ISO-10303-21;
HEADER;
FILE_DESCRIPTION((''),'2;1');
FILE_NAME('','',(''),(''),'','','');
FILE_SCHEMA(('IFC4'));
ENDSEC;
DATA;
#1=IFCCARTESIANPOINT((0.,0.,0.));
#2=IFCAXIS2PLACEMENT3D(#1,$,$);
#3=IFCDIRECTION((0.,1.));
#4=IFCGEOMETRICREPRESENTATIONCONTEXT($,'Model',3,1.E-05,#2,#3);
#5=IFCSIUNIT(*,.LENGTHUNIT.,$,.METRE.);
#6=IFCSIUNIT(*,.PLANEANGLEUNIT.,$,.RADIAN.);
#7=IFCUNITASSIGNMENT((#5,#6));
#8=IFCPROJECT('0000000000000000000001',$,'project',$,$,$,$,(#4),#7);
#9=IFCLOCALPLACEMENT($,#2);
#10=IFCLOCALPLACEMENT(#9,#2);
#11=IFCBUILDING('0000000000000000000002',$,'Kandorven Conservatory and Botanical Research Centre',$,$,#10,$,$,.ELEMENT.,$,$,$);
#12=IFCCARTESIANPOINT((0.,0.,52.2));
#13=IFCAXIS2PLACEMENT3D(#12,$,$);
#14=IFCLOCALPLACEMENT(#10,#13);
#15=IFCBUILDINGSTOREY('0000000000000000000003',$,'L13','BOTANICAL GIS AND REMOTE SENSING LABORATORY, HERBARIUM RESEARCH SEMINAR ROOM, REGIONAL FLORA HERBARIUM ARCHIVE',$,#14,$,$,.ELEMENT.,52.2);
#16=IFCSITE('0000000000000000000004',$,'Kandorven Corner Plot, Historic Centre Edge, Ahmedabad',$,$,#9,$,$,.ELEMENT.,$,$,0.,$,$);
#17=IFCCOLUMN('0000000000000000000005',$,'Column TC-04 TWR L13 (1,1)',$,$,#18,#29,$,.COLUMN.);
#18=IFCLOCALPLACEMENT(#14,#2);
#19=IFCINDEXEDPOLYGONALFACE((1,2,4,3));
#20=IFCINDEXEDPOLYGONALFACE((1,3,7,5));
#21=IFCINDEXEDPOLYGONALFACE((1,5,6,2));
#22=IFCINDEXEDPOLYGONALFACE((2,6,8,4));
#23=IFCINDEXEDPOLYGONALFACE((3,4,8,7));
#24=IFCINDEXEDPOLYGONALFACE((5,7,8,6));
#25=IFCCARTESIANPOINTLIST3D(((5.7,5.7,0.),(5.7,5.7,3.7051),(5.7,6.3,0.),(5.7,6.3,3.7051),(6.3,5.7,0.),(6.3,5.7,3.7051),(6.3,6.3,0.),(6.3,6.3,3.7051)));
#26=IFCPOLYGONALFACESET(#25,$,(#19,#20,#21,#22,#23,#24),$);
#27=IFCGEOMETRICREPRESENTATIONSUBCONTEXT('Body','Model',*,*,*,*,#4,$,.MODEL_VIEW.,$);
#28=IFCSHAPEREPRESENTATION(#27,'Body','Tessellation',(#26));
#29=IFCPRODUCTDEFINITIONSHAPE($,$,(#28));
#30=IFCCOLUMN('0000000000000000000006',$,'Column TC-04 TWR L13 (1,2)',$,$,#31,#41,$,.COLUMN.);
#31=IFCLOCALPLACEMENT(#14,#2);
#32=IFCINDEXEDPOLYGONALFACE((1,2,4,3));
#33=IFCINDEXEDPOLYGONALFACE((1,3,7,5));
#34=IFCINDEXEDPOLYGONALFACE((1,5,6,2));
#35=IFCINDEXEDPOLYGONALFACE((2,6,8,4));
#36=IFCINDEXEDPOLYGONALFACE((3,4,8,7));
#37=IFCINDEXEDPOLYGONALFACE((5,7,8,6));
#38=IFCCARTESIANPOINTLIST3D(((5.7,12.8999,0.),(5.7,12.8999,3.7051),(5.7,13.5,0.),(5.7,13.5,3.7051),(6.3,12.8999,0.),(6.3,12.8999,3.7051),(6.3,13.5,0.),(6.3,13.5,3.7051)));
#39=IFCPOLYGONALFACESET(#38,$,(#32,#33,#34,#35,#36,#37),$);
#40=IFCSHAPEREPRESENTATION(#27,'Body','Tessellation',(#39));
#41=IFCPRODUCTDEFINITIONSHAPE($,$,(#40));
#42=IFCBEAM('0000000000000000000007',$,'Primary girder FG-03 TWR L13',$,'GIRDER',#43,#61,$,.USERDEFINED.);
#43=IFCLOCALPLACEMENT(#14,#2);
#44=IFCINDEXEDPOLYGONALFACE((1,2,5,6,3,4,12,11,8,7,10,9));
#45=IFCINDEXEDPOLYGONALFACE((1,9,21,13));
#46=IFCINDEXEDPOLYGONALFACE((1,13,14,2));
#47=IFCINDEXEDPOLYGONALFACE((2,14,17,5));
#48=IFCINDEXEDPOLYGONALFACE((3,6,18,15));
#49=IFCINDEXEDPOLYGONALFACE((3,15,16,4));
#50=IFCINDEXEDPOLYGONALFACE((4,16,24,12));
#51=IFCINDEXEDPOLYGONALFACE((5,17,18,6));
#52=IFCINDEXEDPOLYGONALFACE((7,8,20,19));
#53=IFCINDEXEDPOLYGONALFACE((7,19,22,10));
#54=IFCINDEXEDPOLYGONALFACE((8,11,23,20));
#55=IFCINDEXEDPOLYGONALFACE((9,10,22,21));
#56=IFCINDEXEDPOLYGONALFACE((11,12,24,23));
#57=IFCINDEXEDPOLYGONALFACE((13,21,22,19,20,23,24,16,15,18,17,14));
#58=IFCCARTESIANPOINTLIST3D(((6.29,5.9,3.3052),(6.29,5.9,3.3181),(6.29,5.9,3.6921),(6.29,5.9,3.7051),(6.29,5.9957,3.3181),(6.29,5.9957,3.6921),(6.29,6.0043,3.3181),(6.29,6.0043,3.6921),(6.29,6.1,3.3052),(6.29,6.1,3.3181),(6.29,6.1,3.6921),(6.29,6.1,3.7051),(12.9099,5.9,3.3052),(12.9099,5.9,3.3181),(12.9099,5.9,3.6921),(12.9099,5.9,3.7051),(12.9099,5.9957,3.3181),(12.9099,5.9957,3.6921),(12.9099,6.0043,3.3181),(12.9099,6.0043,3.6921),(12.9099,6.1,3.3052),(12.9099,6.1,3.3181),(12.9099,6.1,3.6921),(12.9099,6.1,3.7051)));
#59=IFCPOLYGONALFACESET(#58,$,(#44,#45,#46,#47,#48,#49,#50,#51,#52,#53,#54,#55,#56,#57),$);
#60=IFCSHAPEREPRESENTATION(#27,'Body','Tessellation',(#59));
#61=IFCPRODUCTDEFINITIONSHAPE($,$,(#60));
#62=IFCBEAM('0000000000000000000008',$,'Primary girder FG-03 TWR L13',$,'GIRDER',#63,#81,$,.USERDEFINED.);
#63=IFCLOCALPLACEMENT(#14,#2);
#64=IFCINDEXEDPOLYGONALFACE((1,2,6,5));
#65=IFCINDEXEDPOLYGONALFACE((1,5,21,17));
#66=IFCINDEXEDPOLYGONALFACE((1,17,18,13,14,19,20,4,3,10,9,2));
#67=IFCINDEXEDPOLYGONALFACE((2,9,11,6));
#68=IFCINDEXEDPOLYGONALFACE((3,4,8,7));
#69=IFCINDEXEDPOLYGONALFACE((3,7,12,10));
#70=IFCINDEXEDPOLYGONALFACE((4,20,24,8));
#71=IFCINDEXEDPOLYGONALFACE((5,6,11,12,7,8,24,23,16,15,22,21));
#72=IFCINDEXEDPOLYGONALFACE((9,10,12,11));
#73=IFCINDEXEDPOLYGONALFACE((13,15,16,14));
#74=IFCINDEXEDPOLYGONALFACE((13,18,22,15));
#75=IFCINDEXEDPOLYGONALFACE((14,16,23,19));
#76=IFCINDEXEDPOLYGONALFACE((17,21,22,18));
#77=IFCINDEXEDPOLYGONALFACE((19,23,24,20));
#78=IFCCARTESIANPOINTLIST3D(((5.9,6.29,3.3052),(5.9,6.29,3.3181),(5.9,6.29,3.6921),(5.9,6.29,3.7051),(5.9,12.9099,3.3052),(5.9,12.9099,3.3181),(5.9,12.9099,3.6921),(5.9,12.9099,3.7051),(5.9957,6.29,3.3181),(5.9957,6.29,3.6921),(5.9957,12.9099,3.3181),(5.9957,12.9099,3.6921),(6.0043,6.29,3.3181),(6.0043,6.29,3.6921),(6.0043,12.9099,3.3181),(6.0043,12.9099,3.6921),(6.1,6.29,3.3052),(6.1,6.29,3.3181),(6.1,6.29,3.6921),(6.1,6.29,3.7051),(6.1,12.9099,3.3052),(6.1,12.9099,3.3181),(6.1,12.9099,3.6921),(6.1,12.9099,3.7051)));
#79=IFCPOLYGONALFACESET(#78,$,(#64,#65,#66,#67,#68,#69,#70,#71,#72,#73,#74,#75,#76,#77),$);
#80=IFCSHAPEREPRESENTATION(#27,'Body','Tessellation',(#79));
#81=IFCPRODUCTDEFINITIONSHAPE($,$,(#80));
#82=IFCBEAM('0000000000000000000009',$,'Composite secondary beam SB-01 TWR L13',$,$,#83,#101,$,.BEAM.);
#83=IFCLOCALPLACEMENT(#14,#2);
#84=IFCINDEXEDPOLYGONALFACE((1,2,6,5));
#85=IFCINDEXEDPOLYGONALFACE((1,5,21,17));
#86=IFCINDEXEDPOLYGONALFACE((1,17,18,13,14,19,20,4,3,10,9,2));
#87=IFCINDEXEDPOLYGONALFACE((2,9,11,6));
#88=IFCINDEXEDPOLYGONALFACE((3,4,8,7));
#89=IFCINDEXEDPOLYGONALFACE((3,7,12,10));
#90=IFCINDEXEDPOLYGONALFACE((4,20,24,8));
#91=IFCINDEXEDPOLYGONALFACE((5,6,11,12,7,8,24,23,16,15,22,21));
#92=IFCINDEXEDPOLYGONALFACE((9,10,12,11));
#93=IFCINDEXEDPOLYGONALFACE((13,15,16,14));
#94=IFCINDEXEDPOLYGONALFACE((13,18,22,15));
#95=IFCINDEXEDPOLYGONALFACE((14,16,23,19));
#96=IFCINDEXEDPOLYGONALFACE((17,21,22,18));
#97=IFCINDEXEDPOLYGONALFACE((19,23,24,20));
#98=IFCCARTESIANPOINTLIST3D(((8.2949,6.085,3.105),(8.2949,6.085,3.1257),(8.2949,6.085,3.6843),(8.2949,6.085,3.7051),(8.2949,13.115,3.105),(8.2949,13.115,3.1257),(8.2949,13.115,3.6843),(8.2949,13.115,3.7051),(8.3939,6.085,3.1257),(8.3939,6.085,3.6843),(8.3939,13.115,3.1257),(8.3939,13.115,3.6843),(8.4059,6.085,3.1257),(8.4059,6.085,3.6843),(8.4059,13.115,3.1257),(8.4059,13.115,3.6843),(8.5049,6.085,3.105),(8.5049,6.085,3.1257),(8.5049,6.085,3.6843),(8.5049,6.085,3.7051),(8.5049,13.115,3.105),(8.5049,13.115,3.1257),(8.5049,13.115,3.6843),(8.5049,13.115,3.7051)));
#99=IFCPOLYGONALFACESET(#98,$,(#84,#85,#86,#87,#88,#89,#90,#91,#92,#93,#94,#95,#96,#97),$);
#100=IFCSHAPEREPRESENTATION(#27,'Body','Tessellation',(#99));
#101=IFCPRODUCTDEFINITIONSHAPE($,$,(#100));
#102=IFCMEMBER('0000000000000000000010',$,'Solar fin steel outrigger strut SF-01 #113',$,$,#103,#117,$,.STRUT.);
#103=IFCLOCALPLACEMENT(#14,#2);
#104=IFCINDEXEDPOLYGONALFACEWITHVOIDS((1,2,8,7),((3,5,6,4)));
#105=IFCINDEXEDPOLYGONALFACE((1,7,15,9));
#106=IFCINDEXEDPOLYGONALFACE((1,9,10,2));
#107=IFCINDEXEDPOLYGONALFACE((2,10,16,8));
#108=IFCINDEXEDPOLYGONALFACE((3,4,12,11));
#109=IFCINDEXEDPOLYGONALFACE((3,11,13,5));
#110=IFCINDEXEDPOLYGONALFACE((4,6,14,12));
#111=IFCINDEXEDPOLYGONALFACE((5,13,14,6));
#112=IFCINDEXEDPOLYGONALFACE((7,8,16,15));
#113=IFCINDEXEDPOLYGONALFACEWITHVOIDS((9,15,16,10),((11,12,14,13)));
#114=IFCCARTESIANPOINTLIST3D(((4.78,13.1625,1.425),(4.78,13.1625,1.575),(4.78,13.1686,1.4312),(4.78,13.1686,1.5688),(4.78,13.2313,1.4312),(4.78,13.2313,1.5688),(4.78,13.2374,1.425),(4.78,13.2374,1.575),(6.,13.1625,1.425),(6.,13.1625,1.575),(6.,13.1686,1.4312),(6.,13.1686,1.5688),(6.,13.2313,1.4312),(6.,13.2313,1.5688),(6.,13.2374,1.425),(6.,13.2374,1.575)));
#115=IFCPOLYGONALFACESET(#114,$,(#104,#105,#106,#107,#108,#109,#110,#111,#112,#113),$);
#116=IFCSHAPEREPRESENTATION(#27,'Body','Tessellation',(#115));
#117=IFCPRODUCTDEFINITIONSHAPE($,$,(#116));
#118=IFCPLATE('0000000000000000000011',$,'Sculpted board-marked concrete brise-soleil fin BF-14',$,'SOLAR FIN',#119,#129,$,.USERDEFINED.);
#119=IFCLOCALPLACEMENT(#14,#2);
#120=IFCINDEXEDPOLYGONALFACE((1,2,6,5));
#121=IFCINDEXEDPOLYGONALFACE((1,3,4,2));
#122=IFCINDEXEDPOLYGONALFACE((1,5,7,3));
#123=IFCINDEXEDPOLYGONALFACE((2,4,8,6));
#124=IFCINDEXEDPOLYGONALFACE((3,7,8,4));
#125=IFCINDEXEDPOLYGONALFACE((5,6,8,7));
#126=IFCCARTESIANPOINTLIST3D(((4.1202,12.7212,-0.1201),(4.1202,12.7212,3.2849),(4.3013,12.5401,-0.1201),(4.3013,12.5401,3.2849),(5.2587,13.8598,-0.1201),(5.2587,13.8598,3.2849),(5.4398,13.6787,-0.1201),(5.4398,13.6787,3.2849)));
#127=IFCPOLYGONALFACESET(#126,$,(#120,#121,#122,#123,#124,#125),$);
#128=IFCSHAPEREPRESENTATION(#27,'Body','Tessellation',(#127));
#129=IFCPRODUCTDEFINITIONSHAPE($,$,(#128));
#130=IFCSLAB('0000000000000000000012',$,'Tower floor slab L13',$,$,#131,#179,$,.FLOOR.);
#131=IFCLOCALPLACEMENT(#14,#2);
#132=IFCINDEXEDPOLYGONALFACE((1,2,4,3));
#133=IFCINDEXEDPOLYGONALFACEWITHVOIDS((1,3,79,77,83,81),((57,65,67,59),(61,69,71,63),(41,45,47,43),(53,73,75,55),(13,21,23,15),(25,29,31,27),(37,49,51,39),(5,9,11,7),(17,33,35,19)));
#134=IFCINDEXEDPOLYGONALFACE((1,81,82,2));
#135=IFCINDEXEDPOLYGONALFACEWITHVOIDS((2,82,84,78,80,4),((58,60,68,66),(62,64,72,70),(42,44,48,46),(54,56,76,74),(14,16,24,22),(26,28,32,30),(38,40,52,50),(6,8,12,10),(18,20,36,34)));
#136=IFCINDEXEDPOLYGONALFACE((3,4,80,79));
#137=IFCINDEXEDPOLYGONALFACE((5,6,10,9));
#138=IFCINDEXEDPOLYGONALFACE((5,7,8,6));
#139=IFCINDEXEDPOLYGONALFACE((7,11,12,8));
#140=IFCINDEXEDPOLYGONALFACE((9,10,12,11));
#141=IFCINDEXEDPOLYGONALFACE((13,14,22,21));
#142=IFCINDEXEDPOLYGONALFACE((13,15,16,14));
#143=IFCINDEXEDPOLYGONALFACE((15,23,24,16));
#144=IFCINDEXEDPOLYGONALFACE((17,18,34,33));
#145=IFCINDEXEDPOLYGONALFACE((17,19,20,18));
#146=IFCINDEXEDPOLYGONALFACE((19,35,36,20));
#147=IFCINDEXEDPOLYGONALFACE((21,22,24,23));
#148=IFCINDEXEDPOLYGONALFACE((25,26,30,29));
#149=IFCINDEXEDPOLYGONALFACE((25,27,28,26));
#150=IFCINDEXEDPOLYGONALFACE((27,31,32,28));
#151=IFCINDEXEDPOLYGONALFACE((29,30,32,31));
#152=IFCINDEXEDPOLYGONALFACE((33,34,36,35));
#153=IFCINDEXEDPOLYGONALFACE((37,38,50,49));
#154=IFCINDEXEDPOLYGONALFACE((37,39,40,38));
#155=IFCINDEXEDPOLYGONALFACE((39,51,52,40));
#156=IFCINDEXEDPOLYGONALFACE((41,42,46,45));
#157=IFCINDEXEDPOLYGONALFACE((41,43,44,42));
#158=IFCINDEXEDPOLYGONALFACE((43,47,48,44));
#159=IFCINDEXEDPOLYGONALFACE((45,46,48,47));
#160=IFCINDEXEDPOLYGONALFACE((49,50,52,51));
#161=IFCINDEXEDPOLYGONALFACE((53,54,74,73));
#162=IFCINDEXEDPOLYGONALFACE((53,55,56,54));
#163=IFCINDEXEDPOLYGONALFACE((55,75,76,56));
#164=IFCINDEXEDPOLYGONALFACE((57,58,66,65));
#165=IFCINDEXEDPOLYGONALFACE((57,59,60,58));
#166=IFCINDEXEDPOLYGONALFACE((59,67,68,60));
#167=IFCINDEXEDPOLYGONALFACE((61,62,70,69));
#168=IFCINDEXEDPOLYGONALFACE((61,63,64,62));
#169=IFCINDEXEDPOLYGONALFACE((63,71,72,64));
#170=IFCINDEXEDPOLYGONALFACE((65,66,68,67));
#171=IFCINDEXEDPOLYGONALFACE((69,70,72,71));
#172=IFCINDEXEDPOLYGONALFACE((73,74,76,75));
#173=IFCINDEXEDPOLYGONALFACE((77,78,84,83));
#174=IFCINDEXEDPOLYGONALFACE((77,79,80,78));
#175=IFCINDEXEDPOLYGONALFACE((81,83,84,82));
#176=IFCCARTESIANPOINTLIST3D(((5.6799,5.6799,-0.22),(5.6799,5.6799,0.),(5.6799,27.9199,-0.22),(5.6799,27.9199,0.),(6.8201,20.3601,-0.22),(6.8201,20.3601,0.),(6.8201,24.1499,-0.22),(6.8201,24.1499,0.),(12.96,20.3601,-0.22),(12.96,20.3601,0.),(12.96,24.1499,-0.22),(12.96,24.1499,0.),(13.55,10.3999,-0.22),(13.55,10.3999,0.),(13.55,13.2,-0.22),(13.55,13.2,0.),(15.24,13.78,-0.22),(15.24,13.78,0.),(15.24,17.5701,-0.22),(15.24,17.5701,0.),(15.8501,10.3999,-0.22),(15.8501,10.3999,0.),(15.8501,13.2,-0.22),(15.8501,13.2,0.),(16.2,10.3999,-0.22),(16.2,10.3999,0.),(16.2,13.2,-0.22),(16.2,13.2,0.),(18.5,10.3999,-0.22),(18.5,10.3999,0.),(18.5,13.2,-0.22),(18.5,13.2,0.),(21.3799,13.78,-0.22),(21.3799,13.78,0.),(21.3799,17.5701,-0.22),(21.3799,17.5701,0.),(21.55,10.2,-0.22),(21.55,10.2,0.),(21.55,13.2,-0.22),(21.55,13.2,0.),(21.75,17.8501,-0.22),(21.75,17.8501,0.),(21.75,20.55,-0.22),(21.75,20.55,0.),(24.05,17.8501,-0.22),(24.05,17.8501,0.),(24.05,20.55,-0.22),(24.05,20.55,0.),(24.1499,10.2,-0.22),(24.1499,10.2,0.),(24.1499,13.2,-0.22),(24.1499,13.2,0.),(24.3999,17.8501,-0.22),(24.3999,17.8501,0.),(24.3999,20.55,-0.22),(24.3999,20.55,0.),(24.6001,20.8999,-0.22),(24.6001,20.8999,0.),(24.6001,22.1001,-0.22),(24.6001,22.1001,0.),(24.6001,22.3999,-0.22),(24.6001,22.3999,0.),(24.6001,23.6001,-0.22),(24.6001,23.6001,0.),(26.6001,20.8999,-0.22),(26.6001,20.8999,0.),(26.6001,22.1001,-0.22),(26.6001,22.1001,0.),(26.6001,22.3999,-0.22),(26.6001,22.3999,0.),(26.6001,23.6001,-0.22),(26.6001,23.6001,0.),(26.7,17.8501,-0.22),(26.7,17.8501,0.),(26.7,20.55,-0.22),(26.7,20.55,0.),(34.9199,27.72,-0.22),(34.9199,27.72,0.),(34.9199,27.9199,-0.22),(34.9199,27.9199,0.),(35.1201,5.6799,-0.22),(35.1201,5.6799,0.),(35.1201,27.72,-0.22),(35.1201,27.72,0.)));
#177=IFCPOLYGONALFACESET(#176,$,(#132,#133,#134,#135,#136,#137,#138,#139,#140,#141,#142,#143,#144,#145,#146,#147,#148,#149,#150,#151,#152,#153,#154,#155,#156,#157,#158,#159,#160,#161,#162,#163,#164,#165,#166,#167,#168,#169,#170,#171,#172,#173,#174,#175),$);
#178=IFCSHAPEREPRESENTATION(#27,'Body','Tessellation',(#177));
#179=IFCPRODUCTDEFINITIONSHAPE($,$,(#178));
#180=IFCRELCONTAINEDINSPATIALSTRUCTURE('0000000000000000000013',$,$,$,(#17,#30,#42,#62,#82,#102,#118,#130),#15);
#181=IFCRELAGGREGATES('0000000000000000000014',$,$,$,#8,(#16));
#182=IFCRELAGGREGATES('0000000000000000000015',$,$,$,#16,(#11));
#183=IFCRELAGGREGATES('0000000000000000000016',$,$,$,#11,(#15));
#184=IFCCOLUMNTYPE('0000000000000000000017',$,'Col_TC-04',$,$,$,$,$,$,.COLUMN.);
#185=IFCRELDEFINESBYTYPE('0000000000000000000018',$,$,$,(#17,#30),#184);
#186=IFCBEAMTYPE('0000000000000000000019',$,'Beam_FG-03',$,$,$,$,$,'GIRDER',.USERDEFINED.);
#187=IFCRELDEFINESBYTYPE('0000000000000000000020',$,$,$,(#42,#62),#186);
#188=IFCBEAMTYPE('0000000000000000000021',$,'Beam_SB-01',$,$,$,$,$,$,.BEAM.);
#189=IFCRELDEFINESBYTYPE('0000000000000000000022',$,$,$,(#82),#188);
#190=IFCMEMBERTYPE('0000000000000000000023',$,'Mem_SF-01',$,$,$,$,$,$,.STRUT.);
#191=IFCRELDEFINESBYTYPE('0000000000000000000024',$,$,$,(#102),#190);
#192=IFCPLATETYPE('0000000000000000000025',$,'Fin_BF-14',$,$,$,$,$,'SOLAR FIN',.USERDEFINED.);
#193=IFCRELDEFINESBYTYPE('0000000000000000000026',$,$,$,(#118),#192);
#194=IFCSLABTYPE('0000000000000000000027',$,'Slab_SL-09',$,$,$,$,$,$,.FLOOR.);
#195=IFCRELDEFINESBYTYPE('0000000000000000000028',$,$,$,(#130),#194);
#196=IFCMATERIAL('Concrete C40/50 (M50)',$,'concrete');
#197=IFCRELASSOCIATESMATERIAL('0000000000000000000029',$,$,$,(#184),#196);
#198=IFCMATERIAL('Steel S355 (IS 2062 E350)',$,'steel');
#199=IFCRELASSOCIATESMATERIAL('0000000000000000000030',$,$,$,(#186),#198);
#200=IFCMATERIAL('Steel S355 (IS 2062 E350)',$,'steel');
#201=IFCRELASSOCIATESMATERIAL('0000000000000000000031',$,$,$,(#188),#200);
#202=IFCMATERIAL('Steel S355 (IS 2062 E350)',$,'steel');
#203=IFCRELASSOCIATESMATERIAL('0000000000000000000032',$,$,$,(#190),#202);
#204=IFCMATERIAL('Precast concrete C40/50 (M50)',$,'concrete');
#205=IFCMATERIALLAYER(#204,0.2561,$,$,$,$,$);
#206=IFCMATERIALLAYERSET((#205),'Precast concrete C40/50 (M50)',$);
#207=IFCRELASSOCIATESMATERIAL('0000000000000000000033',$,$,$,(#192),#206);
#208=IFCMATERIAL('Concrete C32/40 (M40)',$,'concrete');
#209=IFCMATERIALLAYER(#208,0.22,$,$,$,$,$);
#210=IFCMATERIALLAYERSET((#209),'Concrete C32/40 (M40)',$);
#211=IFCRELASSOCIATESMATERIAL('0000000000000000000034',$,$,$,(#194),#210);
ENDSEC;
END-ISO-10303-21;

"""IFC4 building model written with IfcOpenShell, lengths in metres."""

from ifc_helpers import new_model, si_unit, direction, frame, origin, origin_2d, place, context, subcontext, project, spatial, polyline, rectangle, hollow_rectangle, i_section, outline, extrude, material, layer, layer_set, material_profile, profile_set, type_object, element, save


model = new_model("IFC4")

# Units and contexts
model_context = context("Model", 3, precision=1e-05, world=origin(), true_north=direction((0.0, 1.0)))
body_context = subcontext(model_context, "Body", "Model", "MODEL_VIEW")
ifc_project = project(units=[si_unit("LENGTHUNIT", "METRE"), si_unit("PLANEANGLEUNIT", "RADIAN")], contexts=[model_context])

# Site, building, storey
site_placement = place(None, origin())
site = spatial("IfcSite", under=ifc_project, at=site_placement, Name="Kandorven Corner Plot, Historic Centre Edge, Ahmedabad", CompositionType="ELEMENT", RefElevation=0.0)
building_placement = place(site_placement, origin())
building = spatial("IfcBuilding", under=site, at=building_placement, Name="Kandorven Conservatory and Botanical Research Centre", CompositionType="ELEMENT")
storey_placement = place(building_placement, frame((0.0, 0.0, 52.2)))
storey = spatial("IfcBuildingStorey", under=building, at=storey_placement, Name="L13", Description="BOTANICAL GIS AND REMOTE SENSING LABORATORY, HERBARIUM RESEARCH SEMINAR ROOM, REGIONAL FLORA HERBARIUM ARCHIVE", CompositionType="ELEMENT", Elevation=52.2)

# Columns
ifc_material_1 = material(Name="Concrete C40/50 (M50)", Category="concrete")
ifc_material_profile_1 = material_profile(ifc_material_1, rectangle(XDim=0.6001, YDim=0.6001, at=origin_2d()))
ifc_profile_set_1 = profile_set([ifc_material_profile_1], Name="Concrete C40/50 (M50)")
column_type = type_object("IfcColumnType", Name="Col_TC-04", PredefinedType="COLUMN", material=ifc_profile_set_1)
for number, where, z_axis, x_axis, name in (
    (1, (6.0, 6.0, 0.0), (0.0, 0.0, 1.0), (1.0, 0.0, 0.0), "Column TC-04 TWR L13 (1,1)"),
    (2, (6.0, 13.2, 0.0), (0.0, 0.0, 1.0), (1.0, 0.0, 0.0), "Column TC-04 TWR L13 (1,2)"),
):
    element("IfcColumn", number, at=place(storey_placement, frame(where, z_axis=z_axis, x_axis=x_axis)), inside=storey, type_object=column_type, Name=name, PredefinedType="COLUMN", context=body_context, shape_type="SweptSolid", body=[
        extrude(rectangle(XDim=0.6001, YDim=0.6001, at=origin_2d()), origin(), (0.0, 0.0, 1.0), 3.7051),
    ])

# Beams
ifc_material_2 = material(Name="Steel S355 (IS 2062 E350)", Category="steel")
ifc_material_profile_2 = material_profile(ifc_material_2, i_section(OverallWidth=0.2, OverallDepth=0.3999, WebThickness=0.0085, FlangeThickness=0.0129, at=origin_2d()))
ifc_profile_set_2 = profile_set([ifc_material_profile_2], Name="Steel S355 (IS 2062 E350)")
beam_type_1 = type_object("IfcBeamType", Name="Beam_FG-03", ElementType="GIRDER", PredefinedType="USERDEFINED", material=ifc_profile_set_2)
for number, where, z_axis, x_axis, name in (
    (3, (6.29, 6.0, 3.5051), (1.0, 0.0, 0.0), (0.0, 1.0, 0.0), "Primary girder FG-03 TWR L13"),
    (4, (6.0, 6.29, 3.5051), (0.0, 1.0, 0.0), (-1.0, 0.0, 0.0), "Primary girder FG-03 TWR L13"),
):
    element("IfcBeam", number, at=place(storey_placement, frame(where, z_axis=z_axis, x_axis=x_axis)), inside=storey, type_object=beam_type_1, Name=name, ObjectType="GIRDER", PredefinedType="USERDEFINED", context=body_context, shape_type="SweptSolid", body=[
        extrude(i_section(OverallWidth=0.2, OverallDepth=0.3999, WebThickness=0.0085, FlangeThickness=0.0129, at=origin_2d()), origin(), (0.0, 0.0, 1.0), 6.6199),
    ])
ifc_material_3 = material(Name="Steel S355 (IS 2062 E350)", Category="steel")
ifc_material_profile_3 = material_profile(ifc_material_3, i_section(OverallWidth=0.21, OverallDepth=0.6001, WebThickness=0.012, FlangeThickness=0.0208, at=origin_2d()))
ifc_profile_set_3 = profile_set([ifc_material_profile_3], Name="Steel S355 (IS 2062 E350)")
beam_type_2 = type_object("IfcBeamType", Name="Beam_SB-01", PredefinedType="BEAM", material=ifc_profile_set_3)
beam_placement = place(storey_placement, frame((8.3999, 6.085, 3.405), z_axis=(0.0, 1.0, 0.0), x_axis=(-1.0, 0.0, 0.0)))
element("IfcBeam", 5, at=beam_placement, inside=storey, type_object=beam_type_2, Name="Composite secondary beam SB-01 TWR L13", PredefinedType="BEAM", context=body_context, shape_type="SweptSolid", body=[
    extrude(i_section(OverallWidth=0.21, OverallDepth=0.6001, WebThickness=0.012, FlangeThickness=0.0208, at=origin_2d()), origin(), (0.0, 0.0, 1.0), 7.03),
])

# Member
ifc_material_4 = material(Name="Steel S355 (IS 2062 E350)", Category="steel")
ifc_material_profile_4 = material_profile(ifc_material_4, hollow_rectangle(XDim=0.075, YDim=0.1499, WallThickness=0.0061, at=origin_2d()))
ifc_profile_set_4 = profile_set([ifc_material_profile_4], Name="Steel S355 (IS 2062 E350)")
member_type = type_object("IfcMemberType", Name="Mem_SF-01", PredefinedType="STRUT", material=ifc_profile_set_4)
member_placement = place(storey_placement, frame((6.0, 13.2, 1.5), z_axis=(-1.0, 0.0, 0.0), x_axis=(0.0, -1.0, 0.0)))
element("IfcMember", 6, at=member_placement, inside=storey, type_object=member_type, Name="Solar fin steel outrigger strut SF-01 #113", PredefinedType="STRUT", context=body_context, shape_type="SweptSolid", body=[
    extrude(hollow_rectangle(XDim=0.075, YDim=0.1499, WallThickness=0.0061, at=origin_2d()), origin(), (0.0, 0.0, 1.0), 1.22),
])

# Plate
ifc_material_5 = material(Name="Precast concrete C40/50 (M50)", Category="concrete")
ifc_layer_1 = layer(ifc_material_5, 0.2561)
ifc_layer_set_1 = layer_set([ifc_layer_1], Name="Precast concrete C40/50 (M50)")
plate_type = type_object("IfcPlateType", Name="Fin_BF-14", ElementType="SOLAR FIN", PredefinedType="USERDEFINED", material=ifc_layer_set_1)
plate_placement = place(storey_placement, frame((4.78, 13.2, -0.1201), z_axis=(0.0, 0.0, 1.0), x_axis=(0.707107, 0.707107, 0.0)))
element("IfcPlate", 7, at=plate_placement, inside=storey, type_object=plate_type, Name="Sculpted board-marked concrete brise-soleil fin BF-14", ObjectType="SOLAR FIN", PredefinedType="USERDEFINED", context=body_context, shape_type="SweptSolid", body=[
    extrude(rectangle(XDim=1.6101, YDim=0.2561, at=origin_2d()), origin(), (0.0, 0.0, 1.0), 3.405),
])

# Slab
ifc_material_6 = material(Name="Concrete C32/40 (M40)", Category="concrete")
ifc_layer_2 = layer(ifc_material_6, 0.22)
ifc_layer_set_2 = layer_set([ifc_layer_2], Name="Concrete C32/40 (M40)")
slab_type_1 = type_object("IfcSlabType", Name="Slab_SL-09", PredefinedType="FLOOR", material=ifc_layer_set_2)
slab_1_placement = place(storey_placement, frame((0.0, 0.0, -0.22)))
element("IfcSlab", 8, at=slab_1_placement, inside=storey, type_object=slab_type_1, Name="Tower floor slab L13", PredefinedType="FLOOR", context=body_context, shape_type="SweptSolid", body=[
    extrude(outline(polyline([(5.6799, 5.6799), (35.1201, 5.6799), (35.1201, 27.72), (34.9199, 27.72), (34.9199, 27.9199), (5.6799, 27.9199), (5.6799, 5.6799)]), holes=[polyline([(15.24, 13.78), (21.3799, 13.78), (21.3799, 17.5701), (15.24, 17.5701), (15.24, 13.78)]), polyline([(12.96, 24.1499), (6.8201, 24.1499), (6.8201, 20.3601), (12.96, 20.3601), (12.96, 24.1499)]), polyline([(21.75, 17.8501), (24.05, 17.8501), (24.05, 20.55), (21.75, 20.55), (21.75, 17.8501)]), polyline([(24.3999, 17.8501), (26.7, 17.8501), (26.7, 20.55), (24.3999, 20.55), (24.3999, 17.8501)]), polyline([(13.55, 10.3999), (15.8501, 10.3999), (15.8501, 13.2), (13.55, 13.2), (13.55, 10.3999)]), polyline([(16.2, 10.3999), (18.5, 10.3999), (18.5, 13.2), (16.2, 13.2), (16.2, 10.3999)]), polyline([(21.55, 10.2), (24.1499, 10.2), (24.1499, 13.2), (21.55, 13.2), (21.55, 10.2)]), polyline([(24.6001, 20.8999), (26.6001, 20.8999), (26.6001, 22.1001), (24.6001, 22.1001), (24.6001, 20.8999)]), polyline([(24.6001, 22.3999), (26.6001, 22.3999), (26.6001, 23.6001), (24.6001, 23.6001), (24.6001, 22.3999)])]), origin(), (0.0, 0.0, 1.0), 0.22),
])

save(model, "model.ifc")
